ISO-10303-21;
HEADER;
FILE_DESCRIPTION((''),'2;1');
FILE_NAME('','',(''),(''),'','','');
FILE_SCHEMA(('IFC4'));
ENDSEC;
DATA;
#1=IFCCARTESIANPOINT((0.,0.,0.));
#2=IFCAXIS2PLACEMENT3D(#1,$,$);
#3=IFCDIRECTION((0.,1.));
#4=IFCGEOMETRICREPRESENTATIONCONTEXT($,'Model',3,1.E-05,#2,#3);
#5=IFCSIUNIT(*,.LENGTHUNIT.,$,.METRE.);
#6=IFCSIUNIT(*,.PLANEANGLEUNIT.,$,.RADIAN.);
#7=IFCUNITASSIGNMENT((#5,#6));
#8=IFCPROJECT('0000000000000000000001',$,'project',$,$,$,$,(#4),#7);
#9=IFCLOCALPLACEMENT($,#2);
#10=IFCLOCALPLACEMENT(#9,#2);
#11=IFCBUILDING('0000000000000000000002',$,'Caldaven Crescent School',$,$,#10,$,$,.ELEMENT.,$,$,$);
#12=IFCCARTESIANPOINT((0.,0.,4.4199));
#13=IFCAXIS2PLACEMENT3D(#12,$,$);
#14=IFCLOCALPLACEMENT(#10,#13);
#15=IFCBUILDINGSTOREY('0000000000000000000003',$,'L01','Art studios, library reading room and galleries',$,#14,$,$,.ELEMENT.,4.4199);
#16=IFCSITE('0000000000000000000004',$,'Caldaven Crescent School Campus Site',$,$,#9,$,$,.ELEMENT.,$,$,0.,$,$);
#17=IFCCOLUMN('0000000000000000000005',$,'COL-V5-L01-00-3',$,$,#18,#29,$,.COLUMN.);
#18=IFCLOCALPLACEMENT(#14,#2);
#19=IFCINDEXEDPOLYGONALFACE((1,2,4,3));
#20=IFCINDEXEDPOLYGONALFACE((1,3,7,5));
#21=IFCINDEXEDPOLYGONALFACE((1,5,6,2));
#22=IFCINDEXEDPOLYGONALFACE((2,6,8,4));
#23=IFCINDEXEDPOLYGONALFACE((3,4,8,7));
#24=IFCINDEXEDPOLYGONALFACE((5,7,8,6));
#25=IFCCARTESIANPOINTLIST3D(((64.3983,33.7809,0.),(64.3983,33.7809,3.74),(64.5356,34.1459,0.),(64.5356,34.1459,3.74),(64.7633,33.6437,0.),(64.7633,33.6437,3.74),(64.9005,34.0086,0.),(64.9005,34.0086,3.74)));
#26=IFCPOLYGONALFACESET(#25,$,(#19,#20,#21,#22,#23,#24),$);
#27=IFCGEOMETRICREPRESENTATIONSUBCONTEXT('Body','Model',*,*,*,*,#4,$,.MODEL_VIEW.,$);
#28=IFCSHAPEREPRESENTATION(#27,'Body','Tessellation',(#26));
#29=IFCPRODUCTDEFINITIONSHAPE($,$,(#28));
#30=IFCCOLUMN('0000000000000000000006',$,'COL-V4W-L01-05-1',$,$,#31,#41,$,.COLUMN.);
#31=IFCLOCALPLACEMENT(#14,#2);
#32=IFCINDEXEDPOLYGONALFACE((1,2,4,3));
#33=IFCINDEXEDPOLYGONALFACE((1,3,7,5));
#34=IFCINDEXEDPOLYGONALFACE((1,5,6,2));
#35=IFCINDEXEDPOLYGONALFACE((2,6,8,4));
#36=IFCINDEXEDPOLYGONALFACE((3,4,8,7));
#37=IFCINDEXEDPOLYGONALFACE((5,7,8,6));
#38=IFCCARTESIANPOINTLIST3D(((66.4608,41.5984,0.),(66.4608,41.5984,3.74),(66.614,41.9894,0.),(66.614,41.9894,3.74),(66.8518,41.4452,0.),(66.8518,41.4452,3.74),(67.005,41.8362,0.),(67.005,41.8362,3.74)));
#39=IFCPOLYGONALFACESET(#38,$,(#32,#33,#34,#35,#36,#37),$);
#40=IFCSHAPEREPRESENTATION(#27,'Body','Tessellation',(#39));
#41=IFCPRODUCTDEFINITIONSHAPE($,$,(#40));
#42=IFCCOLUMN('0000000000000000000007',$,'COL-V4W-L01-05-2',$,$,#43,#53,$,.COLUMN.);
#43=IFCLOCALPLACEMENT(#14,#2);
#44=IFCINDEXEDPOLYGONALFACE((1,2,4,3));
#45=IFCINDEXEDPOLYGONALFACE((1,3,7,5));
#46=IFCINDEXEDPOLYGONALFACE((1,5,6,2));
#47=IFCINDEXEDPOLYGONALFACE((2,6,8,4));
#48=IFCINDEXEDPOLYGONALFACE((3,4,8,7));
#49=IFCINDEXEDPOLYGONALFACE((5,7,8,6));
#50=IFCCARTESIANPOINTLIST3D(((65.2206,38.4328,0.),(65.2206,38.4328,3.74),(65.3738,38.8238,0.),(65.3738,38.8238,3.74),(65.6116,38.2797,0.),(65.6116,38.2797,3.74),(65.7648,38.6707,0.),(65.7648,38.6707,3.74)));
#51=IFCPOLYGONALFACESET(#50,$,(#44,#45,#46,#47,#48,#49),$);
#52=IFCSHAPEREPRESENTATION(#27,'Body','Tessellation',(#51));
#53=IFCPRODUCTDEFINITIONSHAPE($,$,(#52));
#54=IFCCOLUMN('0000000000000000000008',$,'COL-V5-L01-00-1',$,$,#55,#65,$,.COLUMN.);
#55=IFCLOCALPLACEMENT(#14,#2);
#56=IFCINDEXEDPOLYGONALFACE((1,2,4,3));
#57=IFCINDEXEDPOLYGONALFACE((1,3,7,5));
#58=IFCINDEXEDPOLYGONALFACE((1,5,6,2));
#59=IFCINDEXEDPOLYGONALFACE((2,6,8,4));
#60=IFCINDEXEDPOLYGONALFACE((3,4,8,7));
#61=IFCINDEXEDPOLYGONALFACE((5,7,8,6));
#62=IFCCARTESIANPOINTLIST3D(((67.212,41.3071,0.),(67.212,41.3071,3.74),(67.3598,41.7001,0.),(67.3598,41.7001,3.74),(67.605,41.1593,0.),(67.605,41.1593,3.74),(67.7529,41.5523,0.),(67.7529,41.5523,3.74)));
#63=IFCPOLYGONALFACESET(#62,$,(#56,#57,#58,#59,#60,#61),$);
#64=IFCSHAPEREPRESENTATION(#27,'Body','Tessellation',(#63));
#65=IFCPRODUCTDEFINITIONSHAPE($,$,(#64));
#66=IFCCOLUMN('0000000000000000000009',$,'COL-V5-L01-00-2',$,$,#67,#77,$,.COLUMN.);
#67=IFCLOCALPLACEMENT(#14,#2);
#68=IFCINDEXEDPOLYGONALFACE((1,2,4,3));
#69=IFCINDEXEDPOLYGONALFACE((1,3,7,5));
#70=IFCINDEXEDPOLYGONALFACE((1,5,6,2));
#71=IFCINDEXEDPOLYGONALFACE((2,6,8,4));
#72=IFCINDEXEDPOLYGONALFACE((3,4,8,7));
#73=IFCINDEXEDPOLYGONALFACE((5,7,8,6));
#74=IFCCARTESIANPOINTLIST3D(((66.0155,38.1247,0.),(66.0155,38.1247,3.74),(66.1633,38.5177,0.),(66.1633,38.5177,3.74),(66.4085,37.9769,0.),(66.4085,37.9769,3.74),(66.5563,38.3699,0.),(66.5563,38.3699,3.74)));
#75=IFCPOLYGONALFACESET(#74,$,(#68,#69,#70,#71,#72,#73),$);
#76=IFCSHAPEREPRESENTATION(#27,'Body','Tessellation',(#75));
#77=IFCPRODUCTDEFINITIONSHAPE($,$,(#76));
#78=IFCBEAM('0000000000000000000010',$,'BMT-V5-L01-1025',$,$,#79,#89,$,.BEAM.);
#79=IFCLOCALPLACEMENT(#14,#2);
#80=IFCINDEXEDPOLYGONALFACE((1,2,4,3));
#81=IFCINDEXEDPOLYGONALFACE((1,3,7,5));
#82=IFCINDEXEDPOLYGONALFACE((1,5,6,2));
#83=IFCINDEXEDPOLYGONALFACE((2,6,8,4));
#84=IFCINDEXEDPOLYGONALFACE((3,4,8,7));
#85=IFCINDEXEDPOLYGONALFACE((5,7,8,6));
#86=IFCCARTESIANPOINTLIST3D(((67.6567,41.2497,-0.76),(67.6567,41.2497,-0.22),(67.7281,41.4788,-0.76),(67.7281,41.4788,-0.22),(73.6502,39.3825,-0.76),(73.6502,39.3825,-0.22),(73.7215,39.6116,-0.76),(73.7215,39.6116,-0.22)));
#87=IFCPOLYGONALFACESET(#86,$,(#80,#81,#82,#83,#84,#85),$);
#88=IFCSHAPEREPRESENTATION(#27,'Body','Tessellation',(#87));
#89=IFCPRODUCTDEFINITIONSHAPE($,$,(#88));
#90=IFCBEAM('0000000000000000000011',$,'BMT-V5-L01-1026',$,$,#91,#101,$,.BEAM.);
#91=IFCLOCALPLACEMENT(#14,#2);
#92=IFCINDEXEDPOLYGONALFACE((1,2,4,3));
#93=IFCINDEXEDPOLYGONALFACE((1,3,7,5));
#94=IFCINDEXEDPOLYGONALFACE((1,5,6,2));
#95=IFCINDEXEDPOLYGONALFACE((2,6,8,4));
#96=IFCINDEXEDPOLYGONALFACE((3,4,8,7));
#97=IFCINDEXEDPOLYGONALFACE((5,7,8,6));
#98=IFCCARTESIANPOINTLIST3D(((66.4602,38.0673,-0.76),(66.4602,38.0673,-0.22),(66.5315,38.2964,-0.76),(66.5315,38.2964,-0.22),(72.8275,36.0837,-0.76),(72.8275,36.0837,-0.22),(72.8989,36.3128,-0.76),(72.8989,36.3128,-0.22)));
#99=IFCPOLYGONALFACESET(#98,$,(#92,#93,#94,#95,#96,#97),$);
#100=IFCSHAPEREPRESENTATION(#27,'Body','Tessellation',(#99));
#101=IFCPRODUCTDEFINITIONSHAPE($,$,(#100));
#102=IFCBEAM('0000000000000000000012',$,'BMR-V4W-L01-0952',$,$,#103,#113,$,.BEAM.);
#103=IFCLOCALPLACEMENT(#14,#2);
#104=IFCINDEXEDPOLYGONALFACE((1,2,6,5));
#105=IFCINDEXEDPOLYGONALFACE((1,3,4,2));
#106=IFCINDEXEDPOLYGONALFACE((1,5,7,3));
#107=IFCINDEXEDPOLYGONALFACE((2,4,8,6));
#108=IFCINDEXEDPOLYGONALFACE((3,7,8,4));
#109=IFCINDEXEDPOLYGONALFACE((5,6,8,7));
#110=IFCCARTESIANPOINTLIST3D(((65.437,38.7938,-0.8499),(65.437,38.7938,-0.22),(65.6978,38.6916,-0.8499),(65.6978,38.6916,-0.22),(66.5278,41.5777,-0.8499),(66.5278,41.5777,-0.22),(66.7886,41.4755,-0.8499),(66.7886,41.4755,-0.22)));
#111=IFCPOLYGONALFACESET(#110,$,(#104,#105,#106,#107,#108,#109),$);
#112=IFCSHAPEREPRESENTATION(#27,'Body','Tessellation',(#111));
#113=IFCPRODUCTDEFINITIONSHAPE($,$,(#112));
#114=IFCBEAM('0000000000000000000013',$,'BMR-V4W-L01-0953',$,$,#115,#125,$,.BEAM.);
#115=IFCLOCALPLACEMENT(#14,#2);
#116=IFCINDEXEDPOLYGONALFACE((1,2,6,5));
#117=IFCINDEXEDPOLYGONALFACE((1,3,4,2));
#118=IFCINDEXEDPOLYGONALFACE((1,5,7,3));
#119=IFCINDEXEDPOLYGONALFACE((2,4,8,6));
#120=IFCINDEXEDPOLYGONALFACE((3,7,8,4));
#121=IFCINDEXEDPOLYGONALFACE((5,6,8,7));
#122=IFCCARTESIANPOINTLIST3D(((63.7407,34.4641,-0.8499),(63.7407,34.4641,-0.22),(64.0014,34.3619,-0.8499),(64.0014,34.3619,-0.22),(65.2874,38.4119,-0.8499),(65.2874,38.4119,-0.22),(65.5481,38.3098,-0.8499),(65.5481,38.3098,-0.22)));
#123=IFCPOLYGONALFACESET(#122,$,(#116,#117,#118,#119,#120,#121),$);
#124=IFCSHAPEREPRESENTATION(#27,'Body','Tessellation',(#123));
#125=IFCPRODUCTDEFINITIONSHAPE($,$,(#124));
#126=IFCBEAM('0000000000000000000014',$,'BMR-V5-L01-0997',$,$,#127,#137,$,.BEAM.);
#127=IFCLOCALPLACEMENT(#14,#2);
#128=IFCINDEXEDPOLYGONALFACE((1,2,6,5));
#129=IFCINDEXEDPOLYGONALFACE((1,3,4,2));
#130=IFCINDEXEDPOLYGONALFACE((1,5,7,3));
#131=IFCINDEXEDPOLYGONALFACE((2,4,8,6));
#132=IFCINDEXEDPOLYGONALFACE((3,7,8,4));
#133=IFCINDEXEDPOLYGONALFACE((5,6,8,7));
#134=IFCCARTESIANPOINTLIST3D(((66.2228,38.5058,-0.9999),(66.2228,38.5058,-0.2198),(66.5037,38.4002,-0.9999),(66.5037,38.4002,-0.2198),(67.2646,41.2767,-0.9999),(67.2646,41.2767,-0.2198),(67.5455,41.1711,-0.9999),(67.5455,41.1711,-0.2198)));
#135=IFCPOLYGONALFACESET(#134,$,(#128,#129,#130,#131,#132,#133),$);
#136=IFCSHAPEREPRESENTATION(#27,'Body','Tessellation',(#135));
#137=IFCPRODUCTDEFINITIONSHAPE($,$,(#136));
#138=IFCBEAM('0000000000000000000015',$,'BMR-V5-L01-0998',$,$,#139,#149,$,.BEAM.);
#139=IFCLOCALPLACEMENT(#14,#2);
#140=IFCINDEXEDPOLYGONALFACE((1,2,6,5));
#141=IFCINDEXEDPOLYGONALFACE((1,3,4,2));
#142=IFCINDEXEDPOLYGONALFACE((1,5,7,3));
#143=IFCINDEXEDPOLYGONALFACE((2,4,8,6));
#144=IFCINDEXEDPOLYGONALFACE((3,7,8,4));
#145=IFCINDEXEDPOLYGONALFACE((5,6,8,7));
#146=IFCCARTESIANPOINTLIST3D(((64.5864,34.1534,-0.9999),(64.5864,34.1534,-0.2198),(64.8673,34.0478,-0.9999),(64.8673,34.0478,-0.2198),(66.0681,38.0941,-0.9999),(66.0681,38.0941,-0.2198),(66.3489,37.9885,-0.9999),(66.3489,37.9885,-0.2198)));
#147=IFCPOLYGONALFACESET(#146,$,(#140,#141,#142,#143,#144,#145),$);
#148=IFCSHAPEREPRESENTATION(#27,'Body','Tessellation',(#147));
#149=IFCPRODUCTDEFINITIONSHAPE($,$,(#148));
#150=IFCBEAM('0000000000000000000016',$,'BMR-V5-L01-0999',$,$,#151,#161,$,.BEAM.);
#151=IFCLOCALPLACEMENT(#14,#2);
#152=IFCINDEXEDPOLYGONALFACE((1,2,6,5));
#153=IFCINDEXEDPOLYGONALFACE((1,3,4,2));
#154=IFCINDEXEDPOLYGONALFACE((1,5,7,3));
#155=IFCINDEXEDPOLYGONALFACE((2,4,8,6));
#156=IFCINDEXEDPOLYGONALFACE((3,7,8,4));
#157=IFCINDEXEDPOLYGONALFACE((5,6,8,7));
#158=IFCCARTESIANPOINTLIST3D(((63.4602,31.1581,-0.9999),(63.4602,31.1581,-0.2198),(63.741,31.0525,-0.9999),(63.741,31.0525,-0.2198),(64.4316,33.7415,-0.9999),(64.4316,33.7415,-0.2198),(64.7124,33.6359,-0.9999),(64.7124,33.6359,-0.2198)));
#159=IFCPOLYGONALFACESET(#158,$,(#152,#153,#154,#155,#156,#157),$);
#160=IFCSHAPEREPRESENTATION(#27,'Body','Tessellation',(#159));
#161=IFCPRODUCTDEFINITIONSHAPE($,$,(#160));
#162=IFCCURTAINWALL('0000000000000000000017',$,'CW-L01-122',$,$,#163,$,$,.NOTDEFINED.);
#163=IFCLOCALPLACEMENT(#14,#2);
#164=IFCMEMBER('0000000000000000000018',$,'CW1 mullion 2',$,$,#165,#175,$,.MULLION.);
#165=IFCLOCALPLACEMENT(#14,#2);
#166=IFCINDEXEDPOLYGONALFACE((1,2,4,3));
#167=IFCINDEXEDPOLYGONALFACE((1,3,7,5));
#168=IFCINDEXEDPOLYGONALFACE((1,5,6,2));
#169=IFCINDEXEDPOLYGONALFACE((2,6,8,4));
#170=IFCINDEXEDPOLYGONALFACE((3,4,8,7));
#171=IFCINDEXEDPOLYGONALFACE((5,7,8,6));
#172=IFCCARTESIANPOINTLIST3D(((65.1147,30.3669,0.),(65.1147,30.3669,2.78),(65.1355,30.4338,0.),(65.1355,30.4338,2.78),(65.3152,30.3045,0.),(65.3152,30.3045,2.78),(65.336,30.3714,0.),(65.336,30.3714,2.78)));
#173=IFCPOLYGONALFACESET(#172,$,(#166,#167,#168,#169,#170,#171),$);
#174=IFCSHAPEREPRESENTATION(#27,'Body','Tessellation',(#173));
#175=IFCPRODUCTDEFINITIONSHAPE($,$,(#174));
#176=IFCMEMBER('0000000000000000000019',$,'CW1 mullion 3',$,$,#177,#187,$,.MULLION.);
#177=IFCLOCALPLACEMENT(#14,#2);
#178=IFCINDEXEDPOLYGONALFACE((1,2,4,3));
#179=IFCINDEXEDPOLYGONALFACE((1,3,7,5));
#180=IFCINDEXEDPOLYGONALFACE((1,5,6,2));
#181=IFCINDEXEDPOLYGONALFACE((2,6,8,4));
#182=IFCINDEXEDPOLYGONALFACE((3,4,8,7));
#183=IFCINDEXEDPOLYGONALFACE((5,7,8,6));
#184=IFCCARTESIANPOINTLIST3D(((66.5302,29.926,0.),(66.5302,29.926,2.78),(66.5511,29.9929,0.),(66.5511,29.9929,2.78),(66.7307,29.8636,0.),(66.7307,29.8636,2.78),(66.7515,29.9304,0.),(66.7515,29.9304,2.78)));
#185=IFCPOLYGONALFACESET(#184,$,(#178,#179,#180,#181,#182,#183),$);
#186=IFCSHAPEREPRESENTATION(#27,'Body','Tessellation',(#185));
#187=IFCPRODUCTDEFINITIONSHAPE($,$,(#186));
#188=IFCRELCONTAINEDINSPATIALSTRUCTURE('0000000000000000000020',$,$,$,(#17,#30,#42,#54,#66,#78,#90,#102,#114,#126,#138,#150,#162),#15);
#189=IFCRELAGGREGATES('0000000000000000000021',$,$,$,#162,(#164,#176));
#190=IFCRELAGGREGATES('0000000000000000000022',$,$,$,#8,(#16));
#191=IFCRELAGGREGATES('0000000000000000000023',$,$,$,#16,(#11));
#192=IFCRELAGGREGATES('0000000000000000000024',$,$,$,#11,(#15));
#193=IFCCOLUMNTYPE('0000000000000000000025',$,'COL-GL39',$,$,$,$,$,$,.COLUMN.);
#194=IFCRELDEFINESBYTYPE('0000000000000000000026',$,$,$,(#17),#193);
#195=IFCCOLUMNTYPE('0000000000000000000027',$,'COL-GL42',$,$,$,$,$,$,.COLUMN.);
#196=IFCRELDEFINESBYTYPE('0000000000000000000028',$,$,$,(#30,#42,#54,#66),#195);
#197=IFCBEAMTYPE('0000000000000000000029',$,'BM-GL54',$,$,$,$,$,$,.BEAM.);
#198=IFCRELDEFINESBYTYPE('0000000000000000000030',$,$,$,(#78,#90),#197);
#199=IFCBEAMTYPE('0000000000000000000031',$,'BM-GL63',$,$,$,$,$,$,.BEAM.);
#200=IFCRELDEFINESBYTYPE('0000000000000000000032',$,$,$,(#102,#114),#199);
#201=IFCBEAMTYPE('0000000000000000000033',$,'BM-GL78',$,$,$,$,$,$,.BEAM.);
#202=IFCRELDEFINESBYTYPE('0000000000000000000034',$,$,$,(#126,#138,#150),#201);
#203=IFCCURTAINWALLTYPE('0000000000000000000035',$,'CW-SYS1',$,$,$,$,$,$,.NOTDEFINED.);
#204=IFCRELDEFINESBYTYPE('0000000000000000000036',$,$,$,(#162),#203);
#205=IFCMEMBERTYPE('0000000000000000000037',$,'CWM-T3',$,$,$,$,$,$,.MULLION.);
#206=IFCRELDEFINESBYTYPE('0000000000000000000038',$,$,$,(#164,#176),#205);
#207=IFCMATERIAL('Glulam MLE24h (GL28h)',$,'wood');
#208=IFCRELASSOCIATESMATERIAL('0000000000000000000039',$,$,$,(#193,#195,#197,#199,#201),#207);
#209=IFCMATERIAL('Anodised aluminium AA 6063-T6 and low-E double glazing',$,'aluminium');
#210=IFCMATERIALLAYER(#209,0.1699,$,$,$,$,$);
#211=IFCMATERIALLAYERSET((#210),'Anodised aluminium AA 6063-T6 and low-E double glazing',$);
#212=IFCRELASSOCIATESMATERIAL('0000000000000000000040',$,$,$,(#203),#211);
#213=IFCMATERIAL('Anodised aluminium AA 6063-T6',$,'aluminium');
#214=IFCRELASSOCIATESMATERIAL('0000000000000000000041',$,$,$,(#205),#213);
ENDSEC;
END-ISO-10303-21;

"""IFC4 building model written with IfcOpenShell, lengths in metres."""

from ifc_helpers import new_model, si_unit, direction, frame, origin, origin_2d, place, context, subcontext, project, spatial, rectangle, extrude, material, layer, layer_set, material_profile, profile_set, type_object, element, aggregate, save


model = new_model("IFC4")

# Units and contexts
model_context = context("Model", 3, precision=1e-05, world=origin(), true_north=direction((0.0, 1.0)))
body_context = subcontext(model_context, "Body", "Model", "MODEL_VIEW")
ifc_project = project(units=[si_unit("LENGTHUNIT", "METRE"), si_unit("PLANEANGLEUNIT", "RADIAN")], contexts=[model_context])

# Site, building, storey
site_placement = place(None, origin())
site = spatial("IfcSite", under=ifc_project, at=site_placement, Name="Caldaven Crescent School Campus Site", CompositionType="ELEMENT", RefElevation=0.0)
building_placement = place(site_placement, origin())
building = spatial("IfcBuilding", under=site, at=building_placement, Name="Caldaven Crescent School", CompositionType="ELEMENT")
storey_placement = place(building_placement, frame((0.0, 0.0, 4.4199)))
storey = spatial("IfcBuildingStorey", under=building, at=storey_placement, Name="L01", Description="Art studios, library reading room and galleries", CompositionType="ELEMENT", Elevation=4.4199)

# Columns
ifc_material_1 = material(Name="Glulam MLE24h (GL28h)", Category="wood")
ifc_material_profile_1 = material_profile(ifc_material_1, rectangle(XDim=0.3899, YDim=0.3899, at=origin_2d()), Name="MLE 390x390")
ifc_profile_set_1 = profile_set([ifc_material_profile_1], Name="Glulam MLE24h (GL28h)")
column_type_1 = type_object("IfcColumnType", Name="COL-GL39", PredefinedType="COLUMN", material=ifc_profile_set_1)
column_placement = place(storey_placement, frame((64.6494, 33.8948, 0.0), z_axis=(0.0, 0.0, 1.0), x_axis=(-0.352005, -0.935998, 0.0)))
element("IfcColumn", 1, at=column_placement, inside=storey, type_object=column_type_1, Name="COL-V5-L01-00-3", PredefinedType="COLUMN", context=body_context, shape_type="SweptSolid", body=[
    extrude(rectangle(XDim=0.3899, YDim=0.3899, at=origin_2d()), origin(), (0.0, 0.0, 1.0), 3.74),
])
ifc_material_profile_2 = material_profile(ifc_material_1, rectangle(XDim=0.4199, YDim=0.4199, at=origin_2d()), Name="MLE 420x420")
ifc_profile_set_2 = profile_set([ifc_material_profile_2], Name="Glulam MLE24h (GL28h)")
column_type_2 = type_object("IfcColumnType", Name="COL-GL42", PredefinedType="COLUMN", material=ifc_profile_set_2)
for number, where, z_axis, x_axis, name in (
    (2, (66.7329, 41.7173, 0.0), (0.0, 0.0, 1.0), (-0.364714, -0.931119, 0.0), "COL-V4W-L01-05-1"),
    (3, (65.4927, 38.5518, 0.0), (0.0, 0.0, 1.0), (-0.364714, -0.931119, 0.0), "COL-V4W-L01-05-2"),
    (4, (67.4824, 41.4297, 0.0), (0.0, 0.0, 1.0), (-0.352005, -0.935998, 0.0), "COL-V5-L01-00-1"),
    (5, (66.2859, 38.2473, 0.0), (0.0, 0.0, 1.0), (-0.352005, -0.935998, 0.0), "COL-V5-L01-00-2"),
):
    element("IfcColumn", number, at=place(storey_placement, frame(where, z_axis=z_axis, x_axis=x_axis)), inside=storey, type_object=column_type_2, Name=name, PredefinedType="COLUMN", context=body_context, shape_type="SweptSolid", body=[
        extrude(rectangle(XDim=0.4199, YDim=0.4199, at=origin_2d()), origin(), (0.0, 0.0, 1.0), 3.74),
    ])

# Beams
ifc_material_profile_3 = material_profile(ifc_material_1, rectangle(XDim=0.24, YDim=0.54, at=origin_2d()), Name="MLE 240x540")
ifc_profile_set_3 = profile_set([ifc_material_profile_3], Name="Glulam MLE24h (GL28h)")
beam_type_1 = type_object("IfcBeamType", Name="BM-GL54", PredefinedType="BEAM", material=ifc_profile_set_3)
beam_1_placement = place(storey_placement, frame((67.6924, 41.3643, -0.49), z_axis=(0.954741, -0.29744, 0.0), x_axis=(0.29744, 0.954741, 0.0)))
element("IfcBeam", 6, at=beam_1_placement, inside=storey, type_object=beam_type_1, Name="BMT-V5-L01-1025", PredefinedType="BEAM", context=body_context, shape_type="SweptSolid", body=[
    extrude(rectangle(XDim=0.24, YDim=0.54, at=origin_2d()), origin(), (0.0, 0.0, 1.0), 6.2776),
])
beam_2_placement = place(storey_placement, frame((66.4958, 38.1819, -0.49), z_axis=(0.954743, -0.297431, 0.0), x_axis=(0.297431, 0.954743, 0.0)))
element("IfcBeam", 7, at=beam_2_placement, inside=storey, type_object=beam_type_1, Name="BMT-V5-L01-1026", PredefinedType="BEAM", context=body_context, shape_type="SweptSolid", body=[
    extrude(rectangle(XDim=0.24, YDim=0.54, at=origin_2d()), origin(), (0.0, 0.0, 1.0), 6.6692),
])
ifc_material_profile_4 = material_profile(ifc_material_1, rectangle(XDim=0.28, YDim=0.6299, at=origin_2d()), Name="MLE 280x630")
ifc_profile_set_4 = profile_set([ifc_material_profile_4], Name="Glulam MLE24h (GL28h)")
beam_type_2 = type_object("IfcBeamType", Name="BM-GL63", PredefinedType="BEAM", material=ifc_profile_set_4)
beam_3_placement = place(storey_placement, frame((66.6582, 41.5266, -0.5349), z_axis=(-0.364821, -0.931078, 0.0), x_axis=(0.931078, -0.364821, 0.0)))
element("IfcBeam", 8, at=beam_3_placement, inside=storey, type_object=beam_type_2, Name="BMR-V4W-L01-0952", PredefinedType="BEAM", context=body_context, shape_type="SweptSolid", body=[
    extrude(rectangle(XDim=0.28, YDim=0.6299, at=origin_2d()), origin(), (0.0, 0.0, 1.0), 2.99),
])
beam_4_placement = place(storey_placement, frame((65.4177, 38.3608, -0.5349), z_axis=(-0.364779, -0.931094, 0.0), x_axis=(0.931094, -0.364779, 0.0)))
element("IfcBeam", 9, at=beam_4_placement, inside=storey, type_object=beam_type_2, Name="BMR-V4W-L01-0953", PredefinedType="BEAM", context=body_context, shape_type="SweptSolid", body=[
    extrude(rectangle(XDim=0.28, YDim=0.6299, at=origin_2d()), origin(), (0.0, 0.0, 1.0), 4.24),
])
ifc_material_profile_5 = material_profile(ifc_material_1, rectangle(XDim=0.3, YDim=0.78, at=origin_2d()), Name="MLE 300x780")
ifc_profile_set_5 = profile_set([ifc_material_profile_5], Name="Glulam MLE24h (GL28h)")
beam_type_3 = type_object("IfcBeamType", Name="BM-GL78", PredefinedType="BEAM", material=ifc_profile_set_5)
beam_5_placement = place(storey_placement, frame((67.405, 41.2239, -0.6099), z_axis=(-0.351928, -0.936027, 0.0), x_axis=(0.936027, -0.351928, 0.0)))
element("IfcBeam", 10, at=beam_5_placement, inside=storey, type_object=beam_type_3, Name="BMR-V5-L01-0997", PredefinedType="BEAM", context=body_context, shape_type="SweptSolid", body=[
    extrude(rectangle(XDim=0.3, YDim=0.78, at=origin_2d()), origin(), (0.0, 0.0, 1.0), 2.9602),
])
beam_6_placement = place(storey_placement, frame((66.2085, 38.0413, -0.6099), z_axis=(-0.351943, -0.936021, 0.0), x_axis=(0.936021, -0.351943, 0.0)))
element("IfcBeam", 11, at=beam_6_placement, inside=storey, type_object=beam_type_3, Name="BMR-V5-L01-0998", PredefinedType="BEAM", context=body_context, shape_type="SweptSolid", body=[
    extrude(rectangle(XDim=0.3, YDim=0.78, at=origin_2d()), origin(), (0.0, 0.0, 1.0), 4.21),
])
beam_7_placement = place(storey_placement, frame((64.572, 33.6887, -0.6099), z_axis=(-0.351957, -0.936016, 0.0), x_axis=(0.936016, -0.351957, 0.0)))
element("IfcBeam", 12, at=beam_7_placement, inside=storey, type_object=beam_type_3, Name="BMR-V5-L01-0999", PredefinedType="BEAM", context=body_context, shape_type="SweptSolid", body=[
    extrude(rectangle(XDim=0.3, YDim=0.78, at=origin_2d()), origin(), (0.0, 0.0, 1.0), 2.76),
])

# Curtain wall, members
ifc_material_2 = material(Name="Anodised aluminium AA 6063-T6 and low-E double glazing", Category="aluminium")
ifc_layer_1 = layer(ifc_material_2, 0.1699)
ifc_layer_set_1 = layer_set([ifc_layer_1], Name="Anodised aluminium AA 6063-T6 and low-E double glazing")
curtain_wall_type = type_object("IfcCurtainWallType", Name="CW-SYS1", PredefinedType="NOTDEFINED", material=ifc_layer_set_1)
curtain_wall_placement = place(storey_placement, origin())
curtain_wall = element("IfcCurtainWall", 13, at=curtain_wall_placement, inside=storey, type_object=curtain_wall_type, Name="CW-L01-122", PredefinedType="NOTDEFINED")
ifc_material_3 = material(Name="Anodised aluminium AA 6063-T6", Category="aluminium")
ifc_material_profile_6 = material_profile(ifc_material_3, rectangle(XDim=0.0701, YDim=0.21, at=origin_2d()), Name="CWM 70x210")
ifc_profile_set_6 = profile_set([ifc_material_profile_6], Name="Anodised aluminium AA 6063-T6")
member_type_1 = type_object("IfcMemberType", Name="CWM-T3", PredefinedType="MULLION", material=ifc_profile_set_6)
member_1_placement = place(storey_placement, frame((65.2253, 30.3691, 0.0), z_axis=(0.0, 0.0, 1.0), x_axis=(0.29742, 0.954747, 0.0)))
member_1 = element("IfcMember", 14, at=member_1_placement, type_object=member_type_1, Name="CW1 mullion 2", PredefinedType="MULLION", context=body_context, shape_type="SweptSolid", body=[
    extrude(rectangle(XDim=0.0701, YDim=0.21, at=origin_2d()), origin(), (0.0, 0.0, 1.0), 2.78),
])
member_2_placement = place(storey_placement, frame((66.6409, 29.9282, 0.0), z_axis=(0.0, 0.0, 1.0), x_axis=(0.29742, 0.954747, 0.0)))
member_2 = element("IfcMember", 15, at=member_2_placement, type_object=member_type_1, Name="CW1 mullion 3", PredefinedType="MULLION", context=body_context, shape_type="SweptSolid", body=[
    extrude(rectangle(XDim=0.0701, YDim=0.21, at=origin_2d()), origin(), (0.0, 0.0, 1.0), 2.78),
])
aggregate(curtain_wall, [member_1, member_2])

save(model, "model.ifc")
